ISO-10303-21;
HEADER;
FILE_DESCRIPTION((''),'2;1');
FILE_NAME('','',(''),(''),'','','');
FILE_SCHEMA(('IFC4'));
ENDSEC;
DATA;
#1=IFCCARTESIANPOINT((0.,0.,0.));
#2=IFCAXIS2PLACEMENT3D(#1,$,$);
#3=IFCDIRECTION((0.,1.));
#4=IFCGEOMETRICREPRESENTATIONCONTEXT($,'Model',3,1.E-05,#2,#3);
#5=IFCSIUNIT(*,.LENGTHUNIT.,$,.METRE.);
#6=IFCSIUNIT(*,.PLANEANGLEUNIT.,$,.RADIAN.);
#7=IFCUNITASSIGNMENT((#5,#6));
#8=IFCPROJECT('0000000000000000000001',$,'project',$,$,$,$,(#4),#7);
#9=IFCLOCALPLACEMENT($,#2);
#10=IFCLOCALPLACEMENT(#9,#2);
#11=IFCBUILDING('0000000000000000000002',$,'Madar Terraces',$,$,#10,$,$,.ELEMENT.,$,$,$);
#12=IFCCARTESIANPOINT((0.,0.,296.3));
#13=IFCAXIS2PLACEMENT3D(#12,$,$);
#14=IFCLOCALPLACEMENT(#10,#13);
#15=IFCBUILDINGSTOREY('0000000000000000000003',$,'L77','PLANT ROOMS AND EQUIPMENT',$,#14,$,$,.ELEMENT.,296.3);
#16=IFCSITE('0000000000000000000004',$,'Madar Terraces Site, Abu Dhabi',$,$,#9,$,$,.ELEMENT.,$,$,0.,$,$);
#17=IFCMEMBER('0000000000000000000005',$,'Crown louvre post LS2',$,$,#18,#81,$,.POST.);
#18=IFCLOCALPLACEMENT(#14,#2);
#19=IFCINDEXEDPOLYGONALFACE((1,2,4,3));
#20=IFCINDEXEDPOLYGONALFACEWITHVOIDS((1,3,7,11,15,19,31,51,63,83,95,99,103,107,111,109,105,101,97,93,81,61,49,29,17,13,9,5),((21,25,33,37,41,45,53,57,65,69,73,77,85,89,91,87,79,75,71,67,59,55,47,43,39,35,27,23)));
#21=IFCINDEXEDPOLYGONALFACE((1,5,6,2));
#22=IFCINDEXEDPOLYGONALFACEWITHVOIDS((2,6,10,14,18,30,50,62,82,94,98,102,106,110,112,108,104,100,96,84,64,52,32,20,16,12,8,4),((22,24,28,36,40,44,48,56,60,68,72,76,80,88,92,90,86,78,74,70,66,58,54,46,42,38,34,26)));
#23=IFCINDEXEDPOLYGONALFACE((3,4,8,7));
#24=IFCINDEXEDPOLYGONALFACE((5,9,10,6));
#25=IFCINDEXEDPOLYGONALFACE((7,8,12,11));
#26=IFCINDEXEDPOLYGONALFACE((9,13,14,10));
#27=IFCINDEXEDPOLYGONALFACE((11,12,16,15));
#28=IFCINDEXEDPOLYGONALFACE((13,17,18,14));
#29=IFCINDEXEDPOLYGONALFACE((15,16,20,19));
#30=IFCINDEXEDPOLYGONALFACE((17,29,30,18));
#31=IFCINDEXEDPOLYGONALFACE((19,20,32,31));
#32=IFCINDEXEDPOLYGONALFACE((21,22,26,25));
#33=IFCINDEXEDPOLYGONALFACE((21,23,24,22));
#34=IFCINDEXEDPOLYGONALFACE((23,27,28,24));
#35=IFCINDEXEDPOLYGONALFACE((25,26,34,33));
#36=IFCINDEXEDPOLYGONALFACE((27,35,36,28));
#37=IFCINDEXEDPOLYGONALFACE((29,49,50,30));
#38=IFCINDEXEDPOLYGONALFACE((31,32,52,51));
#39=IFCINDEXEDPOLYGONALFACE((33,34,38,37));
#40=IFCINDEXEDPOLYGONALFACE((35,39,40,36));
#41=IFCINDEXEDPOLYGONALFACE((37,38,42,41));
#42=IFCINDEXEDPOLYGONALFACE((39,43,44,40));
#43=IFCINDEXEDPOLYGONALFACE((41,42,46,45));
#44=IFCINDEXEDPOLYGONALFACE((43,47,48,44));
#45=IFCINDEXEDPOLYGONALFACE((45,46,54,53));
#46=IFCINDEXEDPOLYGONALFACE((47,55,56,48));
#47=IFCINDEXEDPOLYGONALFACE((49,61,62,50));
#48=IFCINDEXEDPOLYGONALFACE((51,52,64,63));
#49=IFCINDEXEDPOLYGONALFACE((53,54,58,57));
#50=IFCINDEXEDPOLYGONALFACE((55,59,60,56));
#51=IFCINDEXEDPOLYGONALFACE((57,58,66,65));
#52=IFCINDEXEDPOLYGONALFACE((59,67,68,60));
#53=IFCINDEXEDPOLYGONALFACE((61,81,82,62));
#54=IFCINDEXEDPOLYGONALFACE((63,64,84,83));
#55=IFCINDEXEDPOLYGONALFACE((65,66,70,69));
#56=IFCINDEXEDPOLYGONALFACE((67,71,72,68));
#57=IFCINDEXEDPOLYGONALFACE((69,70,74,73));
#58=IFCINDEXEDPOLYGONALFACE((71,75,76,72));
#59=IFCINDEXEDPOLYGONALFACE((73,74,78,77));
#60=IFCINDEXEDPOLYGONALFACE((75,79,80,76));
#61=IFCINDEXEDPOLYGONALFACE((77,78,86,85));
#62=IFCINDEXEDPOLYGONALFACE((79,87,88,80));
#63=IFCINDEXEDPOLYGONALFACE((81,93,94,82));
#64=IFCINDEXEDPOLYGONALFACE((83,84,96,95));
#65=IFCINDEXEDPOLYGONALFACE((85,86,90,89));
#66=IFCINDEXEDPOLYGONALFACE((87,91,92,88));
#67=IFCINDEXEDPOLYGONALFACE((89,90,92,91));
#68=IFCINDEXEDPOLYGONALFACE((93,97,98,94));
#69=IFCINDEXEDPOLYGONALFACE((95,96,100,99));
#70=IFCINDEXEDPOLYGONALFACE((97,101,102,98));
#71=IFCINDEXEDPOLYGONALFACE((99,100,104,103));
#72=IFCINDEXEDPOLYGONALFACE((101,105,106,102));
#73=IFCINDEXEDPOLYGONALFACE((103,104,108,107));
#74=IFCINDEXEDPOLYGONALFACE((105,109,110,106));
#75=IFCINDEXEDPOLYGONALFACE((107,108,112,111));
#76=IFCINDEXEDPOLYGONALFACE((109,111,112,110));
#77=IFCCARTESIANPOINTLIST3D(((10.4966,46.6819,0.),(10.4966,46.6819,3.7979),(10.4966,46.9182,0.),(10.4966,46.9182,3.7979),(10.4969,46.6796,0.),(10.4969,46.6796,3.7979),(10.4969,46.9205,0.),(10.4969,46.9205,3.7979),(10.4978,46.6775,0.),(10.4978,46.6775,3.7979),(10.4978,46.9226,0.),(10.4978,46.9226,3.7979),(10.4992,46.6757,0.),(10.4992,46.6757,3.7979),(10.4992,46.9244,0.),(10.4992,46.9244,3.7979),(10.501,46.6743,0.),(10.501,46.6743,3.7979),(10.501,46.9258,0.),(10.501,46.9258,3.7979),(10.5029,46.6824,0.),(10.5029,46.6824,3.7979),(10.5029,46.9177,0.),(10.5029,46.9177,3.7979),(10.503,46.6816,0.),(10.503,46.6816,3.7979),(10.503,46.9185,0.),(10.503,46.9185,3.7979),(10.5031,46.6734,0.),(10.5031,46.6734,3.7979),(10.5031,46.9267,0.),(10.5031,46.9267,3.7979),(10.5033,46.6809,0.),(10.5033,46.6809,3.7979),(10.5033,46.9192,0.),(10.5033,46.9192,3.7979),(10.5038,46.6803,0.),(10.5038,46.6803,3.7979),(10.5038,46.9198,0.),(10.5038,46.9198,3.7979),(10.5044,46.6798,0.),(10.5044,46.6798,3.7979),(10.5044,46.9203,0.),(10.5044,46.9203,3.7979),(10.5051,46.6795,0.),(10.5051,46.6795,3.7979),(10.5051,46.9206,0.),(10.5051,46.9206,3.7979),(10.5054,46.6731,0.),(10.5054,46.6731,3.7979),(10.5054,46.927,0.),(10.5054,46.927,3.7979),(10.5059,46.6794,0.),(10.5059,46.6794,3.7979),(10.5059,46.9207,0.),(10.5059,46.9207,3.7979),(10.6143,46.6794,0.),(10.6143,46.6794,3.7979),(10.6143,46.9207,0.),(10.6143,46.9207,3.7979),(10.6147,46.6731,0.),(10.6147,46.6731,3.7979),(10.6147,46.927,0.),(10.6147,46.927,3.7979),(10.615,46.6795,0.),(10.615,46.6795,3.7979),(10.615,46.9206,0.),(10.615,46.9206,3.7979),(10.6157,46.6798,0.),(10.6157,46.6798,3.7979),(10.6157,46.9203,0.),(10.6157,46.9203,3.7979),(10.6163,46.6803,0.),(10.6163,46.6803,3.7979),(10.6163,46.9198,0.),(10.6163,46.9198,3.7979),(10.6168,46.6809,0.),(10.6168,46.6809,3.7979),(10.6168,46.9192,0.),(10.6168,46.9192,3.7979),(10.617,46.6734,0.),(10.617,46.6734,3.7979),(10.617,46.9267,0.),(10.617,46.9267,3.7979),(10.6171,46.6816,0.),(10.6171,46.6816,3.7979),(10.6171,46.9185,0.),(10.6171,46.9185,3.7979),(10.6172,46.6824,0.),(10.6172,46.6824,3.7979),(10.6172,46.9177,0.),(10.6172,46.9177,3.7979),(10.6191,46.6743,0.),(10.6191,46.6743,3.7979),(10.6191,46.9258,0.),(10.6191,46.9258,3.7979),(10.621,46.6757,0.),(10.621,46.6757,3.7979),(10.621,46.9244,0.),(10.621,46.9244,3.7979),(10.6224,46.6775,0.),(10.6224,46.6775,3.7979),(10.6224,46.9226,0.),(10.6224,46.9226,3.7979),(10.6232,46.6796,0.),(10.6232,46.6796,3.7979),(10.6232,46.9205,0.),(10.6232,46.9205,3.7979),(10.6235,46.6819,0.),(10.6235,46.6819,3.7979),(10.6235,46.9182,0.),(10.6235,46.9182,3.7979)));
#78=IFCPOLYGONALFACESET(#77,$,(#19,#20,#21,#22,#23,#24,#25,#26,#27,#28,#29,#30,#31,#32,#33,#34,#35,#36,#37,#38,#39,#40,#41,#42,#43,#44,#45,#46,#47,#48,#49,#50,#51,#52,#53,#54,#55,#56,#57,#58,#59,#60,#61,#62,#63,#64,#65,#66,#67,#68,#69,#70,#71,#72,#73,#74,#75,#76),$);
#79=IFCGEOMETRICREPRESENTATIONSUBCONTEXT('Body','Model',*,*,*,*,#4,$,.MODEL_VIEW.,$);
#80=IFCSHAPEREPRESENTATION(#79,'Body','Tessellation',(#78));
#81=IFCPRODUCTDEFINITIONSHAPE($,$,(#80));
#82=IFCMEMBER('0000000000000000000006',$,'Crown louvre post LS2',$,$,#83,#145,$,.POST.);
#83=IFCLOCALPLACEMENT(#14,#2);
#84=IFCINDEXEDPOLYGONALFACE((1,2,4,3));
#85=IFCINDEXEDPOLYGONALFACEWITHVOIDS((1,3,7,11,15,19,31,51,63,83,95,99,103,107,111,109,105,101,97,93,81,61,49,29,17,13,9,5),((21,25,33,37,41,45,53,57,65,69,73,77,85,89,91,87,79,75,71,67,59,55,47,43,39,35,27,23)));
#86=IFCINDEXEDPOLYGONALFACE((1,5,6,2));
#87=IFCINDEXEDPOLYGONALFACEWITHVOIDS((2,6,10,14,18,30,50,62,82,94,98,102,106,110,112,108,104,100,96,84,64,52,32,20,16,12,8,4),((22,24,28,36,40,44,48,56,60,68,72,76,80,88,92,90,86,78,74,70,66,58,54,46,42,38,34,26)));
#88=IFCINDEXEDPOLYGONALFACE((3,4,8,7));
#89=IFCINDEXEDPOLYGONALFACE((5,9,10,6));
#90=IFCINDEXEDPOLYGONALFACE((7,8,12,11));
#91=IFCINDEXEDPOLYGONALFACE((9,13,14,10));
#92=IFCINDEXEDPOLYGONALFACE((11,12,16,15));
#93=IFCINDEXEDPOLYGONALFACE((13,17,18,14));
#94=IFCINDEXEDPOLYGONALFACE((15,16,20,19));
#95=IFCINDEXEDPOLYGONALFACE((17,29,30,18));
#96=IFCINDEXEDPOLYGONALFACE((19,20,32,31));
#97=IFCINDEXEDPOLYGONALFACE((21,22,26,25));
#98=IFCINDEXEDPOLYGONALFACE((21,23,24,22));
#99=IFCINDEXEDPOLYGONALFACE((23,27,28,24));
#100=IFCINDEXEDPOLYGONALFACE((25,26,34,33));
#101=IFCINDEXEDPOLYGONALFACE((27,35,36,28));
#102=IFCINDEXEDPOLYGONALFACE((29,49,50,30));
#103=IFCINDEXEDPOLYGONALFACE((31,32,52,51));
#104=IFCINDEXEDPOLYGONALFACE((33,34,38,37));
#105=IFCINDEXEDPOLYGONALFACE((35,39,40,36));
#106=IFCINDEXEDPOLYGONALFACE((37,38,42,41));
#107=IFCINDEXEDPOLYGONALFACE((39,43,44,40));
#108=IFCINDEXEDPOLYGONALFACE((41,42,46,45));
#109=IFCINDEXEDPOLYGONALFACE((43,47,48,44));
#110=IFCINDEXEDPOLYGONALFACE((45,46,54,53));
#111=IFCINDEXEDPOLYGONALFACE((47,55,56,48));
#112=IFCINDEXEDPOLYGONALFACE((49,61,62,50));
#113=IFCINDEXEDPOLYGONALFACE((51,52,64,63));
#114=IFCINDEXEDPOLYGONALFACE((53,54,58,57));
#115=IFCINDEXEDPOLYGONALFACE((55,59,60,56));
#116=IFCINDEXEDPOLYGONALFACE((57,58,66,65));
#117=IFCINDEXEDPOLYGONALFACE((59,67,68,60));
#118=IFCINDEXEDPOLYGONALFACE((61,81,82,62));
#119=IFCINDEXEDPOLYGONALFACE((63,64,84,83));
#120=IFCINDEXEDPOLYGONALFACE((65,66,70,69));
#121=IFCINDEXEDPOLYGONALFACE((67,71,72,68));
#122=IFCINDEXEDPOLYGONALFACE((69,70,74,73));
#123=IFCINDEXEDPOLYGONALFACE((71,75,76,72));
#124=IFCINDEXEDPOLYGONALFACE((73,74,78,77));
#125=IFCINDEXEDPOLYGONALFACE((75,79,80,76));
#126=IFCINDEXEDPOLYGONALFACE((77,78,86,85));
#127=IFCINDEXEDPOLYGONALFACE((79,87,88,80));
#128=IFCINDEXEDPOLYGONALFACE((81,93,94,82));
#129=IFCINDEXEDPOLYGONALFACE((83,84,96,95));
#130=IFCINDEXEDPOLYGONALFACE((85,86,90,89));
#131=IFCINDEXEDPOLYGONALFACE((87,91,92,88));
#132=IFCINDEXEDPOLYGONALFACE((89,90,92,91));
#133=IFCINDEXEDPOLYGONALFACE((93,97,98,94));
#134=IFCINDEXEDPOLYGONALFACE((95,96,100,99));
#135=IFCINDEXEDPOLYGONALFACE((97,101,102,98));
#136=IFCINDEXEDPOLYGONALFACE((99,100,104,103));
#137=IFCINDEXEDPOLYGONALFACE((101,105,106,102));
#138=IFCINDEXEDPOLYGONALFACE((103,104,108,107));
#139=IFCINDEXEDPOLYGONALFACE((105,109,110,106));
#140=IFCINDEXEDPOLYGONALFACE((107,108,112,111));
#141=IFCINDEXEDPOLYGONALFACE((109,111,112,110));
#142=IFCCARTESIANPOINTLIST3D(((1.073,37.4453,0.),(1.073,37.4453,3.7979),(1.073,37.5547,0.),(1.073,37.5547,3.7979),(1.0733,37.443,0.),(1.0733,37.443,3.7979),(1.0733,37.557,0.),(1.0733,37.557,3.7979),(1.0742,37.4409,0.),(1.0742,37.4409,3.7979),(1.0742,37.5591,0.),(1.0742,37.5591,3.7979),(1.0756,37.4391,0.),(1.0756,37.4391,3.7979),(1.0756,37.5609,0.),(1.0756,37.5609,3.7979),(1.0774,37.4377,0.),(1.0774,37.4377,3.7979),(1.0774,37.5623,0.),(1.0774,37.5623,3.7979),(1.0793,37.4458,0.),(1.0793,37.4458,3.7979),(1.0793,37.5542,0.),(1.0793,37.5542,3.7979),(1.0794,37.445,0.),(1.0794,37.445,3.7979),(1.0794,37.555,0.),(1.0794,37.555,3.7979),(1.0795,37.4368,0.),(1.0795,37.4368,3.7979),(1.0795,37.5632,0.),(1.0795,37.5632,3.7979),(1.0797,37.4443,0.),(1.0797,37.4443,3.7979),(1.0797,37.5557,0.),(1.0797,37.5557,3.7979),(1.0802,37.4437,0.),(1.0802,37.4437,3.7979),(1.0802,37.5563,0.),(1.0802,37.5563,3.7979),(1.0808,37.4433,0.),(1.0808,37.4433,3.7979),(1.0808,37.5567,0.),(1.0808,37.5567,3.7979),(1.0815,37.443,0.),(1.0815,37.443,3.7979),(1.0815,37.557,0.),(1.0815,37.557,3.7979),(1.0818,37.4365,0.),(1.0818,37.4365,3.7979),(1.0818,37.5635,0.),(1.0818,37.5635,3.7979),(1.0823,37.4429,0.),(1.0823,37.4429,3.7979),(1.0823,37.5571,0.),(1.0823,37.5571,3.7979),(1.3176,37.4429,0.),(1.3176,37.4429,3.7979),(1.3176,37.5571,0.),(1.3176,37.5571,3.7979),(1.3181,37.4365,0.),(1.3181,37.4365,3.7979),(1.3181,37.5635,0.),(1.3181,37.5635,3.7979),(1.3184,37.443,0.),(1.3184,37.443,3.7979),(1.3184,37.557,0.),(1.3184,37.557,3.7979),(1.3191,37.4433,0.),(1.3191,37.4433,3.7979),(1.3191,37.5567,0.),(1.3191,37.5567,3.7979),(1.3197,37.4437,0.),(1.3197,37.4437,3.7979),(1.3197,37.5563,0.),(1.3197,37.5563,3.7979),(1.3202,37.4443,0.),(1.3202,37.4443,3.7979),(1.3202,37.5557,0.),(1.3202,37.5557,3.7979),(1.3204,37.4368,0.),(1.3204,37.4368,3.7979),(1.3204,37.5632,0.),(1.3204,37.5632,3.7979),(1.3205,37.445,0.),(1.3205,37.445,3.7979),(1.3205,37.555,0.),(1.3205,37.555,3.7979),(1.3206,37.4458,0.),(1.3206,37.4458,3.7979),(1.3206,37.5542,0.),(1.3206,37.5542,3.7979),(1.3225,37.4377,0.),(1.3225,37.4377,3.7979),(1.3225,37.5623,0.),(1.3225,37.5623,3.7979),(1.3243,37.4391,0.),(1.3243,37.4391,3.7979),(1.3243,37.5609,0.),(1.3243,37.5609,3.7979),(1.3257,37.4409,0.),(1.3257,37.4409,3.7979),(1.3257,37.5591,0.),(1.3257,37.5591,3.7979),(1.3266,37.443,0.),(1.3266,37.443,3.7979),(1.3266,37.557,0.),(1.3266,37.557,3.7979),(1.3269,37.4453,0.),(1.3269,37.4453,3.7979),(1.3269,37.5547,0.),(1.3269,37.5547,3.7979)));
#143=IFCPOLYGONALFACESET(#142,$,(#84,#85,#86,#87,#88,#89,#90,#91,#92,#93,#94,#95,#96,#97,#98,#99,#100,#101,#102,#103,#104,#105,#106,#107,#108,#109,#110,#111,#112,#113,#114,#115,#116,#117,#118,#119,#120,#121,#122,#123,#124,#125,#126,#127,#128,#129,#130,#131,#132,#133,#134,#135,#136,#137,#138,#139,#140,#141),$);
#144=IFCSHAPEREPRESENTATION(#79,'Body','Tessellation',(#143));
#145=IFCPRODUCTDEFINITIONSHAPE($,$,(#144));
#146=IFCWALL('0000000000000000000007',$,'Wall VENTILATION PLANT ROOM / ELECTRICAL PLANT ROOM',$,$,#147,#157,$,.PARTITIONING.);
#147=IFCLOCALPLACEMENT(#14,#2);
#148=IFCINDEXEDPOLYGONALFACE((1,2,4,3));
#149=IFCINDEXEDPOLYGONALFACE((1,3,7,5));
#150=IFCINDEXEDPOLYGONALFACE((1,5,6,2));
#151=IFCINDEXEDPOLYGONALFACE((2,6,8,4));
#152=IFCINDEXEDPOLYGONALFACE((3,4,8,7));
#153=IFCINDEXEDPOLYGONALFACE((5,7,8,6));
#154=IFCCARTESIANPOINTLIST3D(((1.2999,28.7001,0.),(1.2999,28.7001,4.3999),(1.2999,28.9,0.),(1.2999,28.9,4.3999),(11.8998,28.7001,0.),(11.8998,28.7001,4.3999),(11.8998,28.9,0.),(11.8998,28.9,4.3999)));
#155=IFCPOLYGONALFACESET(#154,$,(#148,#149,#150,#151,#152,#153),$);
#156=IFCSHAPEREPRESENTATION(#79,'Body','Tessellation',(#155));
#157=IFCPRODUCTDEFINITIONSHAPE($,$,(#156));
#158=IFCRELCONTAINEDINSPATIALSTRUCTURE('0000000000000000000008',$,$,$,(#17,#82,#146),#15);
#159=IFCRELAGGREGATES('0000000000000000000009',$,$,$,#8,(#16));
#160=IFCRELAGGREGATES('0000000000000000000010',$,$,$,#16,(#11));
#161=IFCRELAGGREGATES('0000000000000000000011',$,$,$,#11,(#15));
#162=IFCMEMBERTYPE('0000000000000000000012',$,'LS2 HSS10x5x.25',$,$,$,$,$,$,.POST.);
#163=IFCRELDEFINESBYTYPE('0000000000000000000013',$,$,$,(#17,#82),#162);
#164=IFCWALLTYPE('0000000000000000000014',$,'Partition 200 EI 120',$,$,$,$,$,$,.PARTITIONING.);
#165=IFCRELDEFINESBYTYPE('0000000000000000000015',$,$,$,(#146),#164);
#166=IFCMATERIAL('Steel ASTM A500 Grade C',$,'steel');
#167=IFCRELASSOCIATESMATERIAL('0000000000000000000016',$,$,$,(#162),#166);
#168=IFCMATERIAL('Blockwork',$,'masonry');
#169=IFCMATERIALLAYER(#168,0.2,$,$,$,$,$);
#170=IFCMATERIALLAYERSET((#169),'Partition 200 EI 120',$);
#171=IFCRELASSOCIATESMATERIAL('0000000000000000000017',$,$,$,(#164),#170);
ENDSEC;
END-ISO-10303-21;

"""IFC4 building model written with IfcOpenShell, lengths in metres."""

from ifc_helpers import new_model, si_unit, direction, frame, frame_2d, origin, origin_2d, place, context, subcontext, project, spatial, rectangle, hollow_rectangle, extrude, material, layer, layer_set, material_profile, profile_set, type_object, element, save


model = new_model("IFC4")

# Units and contexts
model_context = context("Model", 3, precision=1e-05, world=origin(), true_north=direction((0.0, 1.0)))
body_context = subcontext(model_context, "Body", "Model", "MODEL_VIEW")
ifc_project = project(units=[si_unit("LENGTHUNIT", "METRE"), si_unit("PLANEANGLEUNIT", "RADIAN")], contexts=[model_context])

# Site, building, storey
site_placement = place(None, origin())
site = spatial("IfcSite", under=ifc_project, at=site_placement, Name="Madar Terraces Site, Abu Dhabi", CompositionType="ELEMENT", RefElevation=0.0)
building_placement = place(site_placement, origin())
building = spatial("IfcBuilding", under=site, at=building_placement, Name="Madar Terraces", CompositionType="ELEMENT")
storey_placement = place(building_placement, frame((0.0, 0.0, 296.3)))
storey = spatial("IfcBuildingStorey", under=building, at=storey_placement, Name="L77", Description="PLANT ROOMS AND EQUIPMENT", CompositionType="ELEMENT", Elevation=296.3)

# Members
ifc_material_1 = material(Name="Steel ASTM A500 Grade C", Category="steel")
ifc_material_profile_1 = material_profile(ifc_material_1, hollow_rectangle(XDim=0.127, YDim=0.2539, WallThickness=0.0063, InnerFilletRadius=0.0029, OuterFilletRadius=0.0088, at=origin_2d()), Name="HSS10x5x.25")
ifc_profile_set_1 = profile_set([ifc_material_profile_1], Name="Steel ASTM A500 Grade C")
member_type_1 = type_object("IfcMemberType", Name="LS2 HSS10x5x.25", PredefinedType="POST", material=ifc_profile_set_1)
for number, where, z_axis, x_axis, name in (
    (1, (10.5601, 46.8, 0.0), (0.0, 0.0, 1.0), (-1.0, 0.0, 0.0), "Crown louvre post LS2"),
    (2, (1.2, 37.5, 0.0), (0.0, 0.0, 1.0), (0.0, -1.0, 0.0), "Crown louvre post LS2"),
):
    element("IfcMember", number, at=place(storey_placement, frame(where, z_axis=z_axis, x_axis=x_axis)), inside=storey, type_object=member_type_1, Name=name, PredefinedType="POST", context=body_context, shape_type="SweptSolid", body=[
        extrude(hollow_rectangle(XDim=0.127, YDim=0.2539, WallThickness=0.0063, InnerFilletRadius=0.0029, OuterFilletRadius=0.0088, at=origin_2d()), origin(), (0.0, 0.0, 1.0), 3.7979),
    ])

# Wall
ifc_material_2 = material(Name="Blockwork", Category="masonry")
ifc_layer = layer(ifc_material_2, 0.2)
ifc_layer_set = layer_set([ifc_layer], Name="Partition 200 EI 120")
wall_type = type_object("IfcWallType", Name="Partition 200 EI 120", PredefinedType="PARTITIONING", material=ifc_layer_set)
wall_1_placement = place(storey_placement, frame((1.3, 28.8, 0.0), z_axis=(0.0, 0.0, 1.0), x_axis=(1.0, 0.0, 0.0)))
element("IfcWall", 3, at=wall_1_placement, inside=storey, type_object=wall_type, Name="Wall VENTILATION PLANT ROOM / ELECTRICAL PLANT ROOM", PredefinedType="PARTITIONING", context=body_context, shape_type="SweptSolid", body=[
    extrude(rectangle(XDim=10.5999, YDim=0.2, at=frame_2d((5.2998, 0.0))), origin(), (0.0, 0.0, 1.0), 4.3999),
])

save(model, "model.ifc")
